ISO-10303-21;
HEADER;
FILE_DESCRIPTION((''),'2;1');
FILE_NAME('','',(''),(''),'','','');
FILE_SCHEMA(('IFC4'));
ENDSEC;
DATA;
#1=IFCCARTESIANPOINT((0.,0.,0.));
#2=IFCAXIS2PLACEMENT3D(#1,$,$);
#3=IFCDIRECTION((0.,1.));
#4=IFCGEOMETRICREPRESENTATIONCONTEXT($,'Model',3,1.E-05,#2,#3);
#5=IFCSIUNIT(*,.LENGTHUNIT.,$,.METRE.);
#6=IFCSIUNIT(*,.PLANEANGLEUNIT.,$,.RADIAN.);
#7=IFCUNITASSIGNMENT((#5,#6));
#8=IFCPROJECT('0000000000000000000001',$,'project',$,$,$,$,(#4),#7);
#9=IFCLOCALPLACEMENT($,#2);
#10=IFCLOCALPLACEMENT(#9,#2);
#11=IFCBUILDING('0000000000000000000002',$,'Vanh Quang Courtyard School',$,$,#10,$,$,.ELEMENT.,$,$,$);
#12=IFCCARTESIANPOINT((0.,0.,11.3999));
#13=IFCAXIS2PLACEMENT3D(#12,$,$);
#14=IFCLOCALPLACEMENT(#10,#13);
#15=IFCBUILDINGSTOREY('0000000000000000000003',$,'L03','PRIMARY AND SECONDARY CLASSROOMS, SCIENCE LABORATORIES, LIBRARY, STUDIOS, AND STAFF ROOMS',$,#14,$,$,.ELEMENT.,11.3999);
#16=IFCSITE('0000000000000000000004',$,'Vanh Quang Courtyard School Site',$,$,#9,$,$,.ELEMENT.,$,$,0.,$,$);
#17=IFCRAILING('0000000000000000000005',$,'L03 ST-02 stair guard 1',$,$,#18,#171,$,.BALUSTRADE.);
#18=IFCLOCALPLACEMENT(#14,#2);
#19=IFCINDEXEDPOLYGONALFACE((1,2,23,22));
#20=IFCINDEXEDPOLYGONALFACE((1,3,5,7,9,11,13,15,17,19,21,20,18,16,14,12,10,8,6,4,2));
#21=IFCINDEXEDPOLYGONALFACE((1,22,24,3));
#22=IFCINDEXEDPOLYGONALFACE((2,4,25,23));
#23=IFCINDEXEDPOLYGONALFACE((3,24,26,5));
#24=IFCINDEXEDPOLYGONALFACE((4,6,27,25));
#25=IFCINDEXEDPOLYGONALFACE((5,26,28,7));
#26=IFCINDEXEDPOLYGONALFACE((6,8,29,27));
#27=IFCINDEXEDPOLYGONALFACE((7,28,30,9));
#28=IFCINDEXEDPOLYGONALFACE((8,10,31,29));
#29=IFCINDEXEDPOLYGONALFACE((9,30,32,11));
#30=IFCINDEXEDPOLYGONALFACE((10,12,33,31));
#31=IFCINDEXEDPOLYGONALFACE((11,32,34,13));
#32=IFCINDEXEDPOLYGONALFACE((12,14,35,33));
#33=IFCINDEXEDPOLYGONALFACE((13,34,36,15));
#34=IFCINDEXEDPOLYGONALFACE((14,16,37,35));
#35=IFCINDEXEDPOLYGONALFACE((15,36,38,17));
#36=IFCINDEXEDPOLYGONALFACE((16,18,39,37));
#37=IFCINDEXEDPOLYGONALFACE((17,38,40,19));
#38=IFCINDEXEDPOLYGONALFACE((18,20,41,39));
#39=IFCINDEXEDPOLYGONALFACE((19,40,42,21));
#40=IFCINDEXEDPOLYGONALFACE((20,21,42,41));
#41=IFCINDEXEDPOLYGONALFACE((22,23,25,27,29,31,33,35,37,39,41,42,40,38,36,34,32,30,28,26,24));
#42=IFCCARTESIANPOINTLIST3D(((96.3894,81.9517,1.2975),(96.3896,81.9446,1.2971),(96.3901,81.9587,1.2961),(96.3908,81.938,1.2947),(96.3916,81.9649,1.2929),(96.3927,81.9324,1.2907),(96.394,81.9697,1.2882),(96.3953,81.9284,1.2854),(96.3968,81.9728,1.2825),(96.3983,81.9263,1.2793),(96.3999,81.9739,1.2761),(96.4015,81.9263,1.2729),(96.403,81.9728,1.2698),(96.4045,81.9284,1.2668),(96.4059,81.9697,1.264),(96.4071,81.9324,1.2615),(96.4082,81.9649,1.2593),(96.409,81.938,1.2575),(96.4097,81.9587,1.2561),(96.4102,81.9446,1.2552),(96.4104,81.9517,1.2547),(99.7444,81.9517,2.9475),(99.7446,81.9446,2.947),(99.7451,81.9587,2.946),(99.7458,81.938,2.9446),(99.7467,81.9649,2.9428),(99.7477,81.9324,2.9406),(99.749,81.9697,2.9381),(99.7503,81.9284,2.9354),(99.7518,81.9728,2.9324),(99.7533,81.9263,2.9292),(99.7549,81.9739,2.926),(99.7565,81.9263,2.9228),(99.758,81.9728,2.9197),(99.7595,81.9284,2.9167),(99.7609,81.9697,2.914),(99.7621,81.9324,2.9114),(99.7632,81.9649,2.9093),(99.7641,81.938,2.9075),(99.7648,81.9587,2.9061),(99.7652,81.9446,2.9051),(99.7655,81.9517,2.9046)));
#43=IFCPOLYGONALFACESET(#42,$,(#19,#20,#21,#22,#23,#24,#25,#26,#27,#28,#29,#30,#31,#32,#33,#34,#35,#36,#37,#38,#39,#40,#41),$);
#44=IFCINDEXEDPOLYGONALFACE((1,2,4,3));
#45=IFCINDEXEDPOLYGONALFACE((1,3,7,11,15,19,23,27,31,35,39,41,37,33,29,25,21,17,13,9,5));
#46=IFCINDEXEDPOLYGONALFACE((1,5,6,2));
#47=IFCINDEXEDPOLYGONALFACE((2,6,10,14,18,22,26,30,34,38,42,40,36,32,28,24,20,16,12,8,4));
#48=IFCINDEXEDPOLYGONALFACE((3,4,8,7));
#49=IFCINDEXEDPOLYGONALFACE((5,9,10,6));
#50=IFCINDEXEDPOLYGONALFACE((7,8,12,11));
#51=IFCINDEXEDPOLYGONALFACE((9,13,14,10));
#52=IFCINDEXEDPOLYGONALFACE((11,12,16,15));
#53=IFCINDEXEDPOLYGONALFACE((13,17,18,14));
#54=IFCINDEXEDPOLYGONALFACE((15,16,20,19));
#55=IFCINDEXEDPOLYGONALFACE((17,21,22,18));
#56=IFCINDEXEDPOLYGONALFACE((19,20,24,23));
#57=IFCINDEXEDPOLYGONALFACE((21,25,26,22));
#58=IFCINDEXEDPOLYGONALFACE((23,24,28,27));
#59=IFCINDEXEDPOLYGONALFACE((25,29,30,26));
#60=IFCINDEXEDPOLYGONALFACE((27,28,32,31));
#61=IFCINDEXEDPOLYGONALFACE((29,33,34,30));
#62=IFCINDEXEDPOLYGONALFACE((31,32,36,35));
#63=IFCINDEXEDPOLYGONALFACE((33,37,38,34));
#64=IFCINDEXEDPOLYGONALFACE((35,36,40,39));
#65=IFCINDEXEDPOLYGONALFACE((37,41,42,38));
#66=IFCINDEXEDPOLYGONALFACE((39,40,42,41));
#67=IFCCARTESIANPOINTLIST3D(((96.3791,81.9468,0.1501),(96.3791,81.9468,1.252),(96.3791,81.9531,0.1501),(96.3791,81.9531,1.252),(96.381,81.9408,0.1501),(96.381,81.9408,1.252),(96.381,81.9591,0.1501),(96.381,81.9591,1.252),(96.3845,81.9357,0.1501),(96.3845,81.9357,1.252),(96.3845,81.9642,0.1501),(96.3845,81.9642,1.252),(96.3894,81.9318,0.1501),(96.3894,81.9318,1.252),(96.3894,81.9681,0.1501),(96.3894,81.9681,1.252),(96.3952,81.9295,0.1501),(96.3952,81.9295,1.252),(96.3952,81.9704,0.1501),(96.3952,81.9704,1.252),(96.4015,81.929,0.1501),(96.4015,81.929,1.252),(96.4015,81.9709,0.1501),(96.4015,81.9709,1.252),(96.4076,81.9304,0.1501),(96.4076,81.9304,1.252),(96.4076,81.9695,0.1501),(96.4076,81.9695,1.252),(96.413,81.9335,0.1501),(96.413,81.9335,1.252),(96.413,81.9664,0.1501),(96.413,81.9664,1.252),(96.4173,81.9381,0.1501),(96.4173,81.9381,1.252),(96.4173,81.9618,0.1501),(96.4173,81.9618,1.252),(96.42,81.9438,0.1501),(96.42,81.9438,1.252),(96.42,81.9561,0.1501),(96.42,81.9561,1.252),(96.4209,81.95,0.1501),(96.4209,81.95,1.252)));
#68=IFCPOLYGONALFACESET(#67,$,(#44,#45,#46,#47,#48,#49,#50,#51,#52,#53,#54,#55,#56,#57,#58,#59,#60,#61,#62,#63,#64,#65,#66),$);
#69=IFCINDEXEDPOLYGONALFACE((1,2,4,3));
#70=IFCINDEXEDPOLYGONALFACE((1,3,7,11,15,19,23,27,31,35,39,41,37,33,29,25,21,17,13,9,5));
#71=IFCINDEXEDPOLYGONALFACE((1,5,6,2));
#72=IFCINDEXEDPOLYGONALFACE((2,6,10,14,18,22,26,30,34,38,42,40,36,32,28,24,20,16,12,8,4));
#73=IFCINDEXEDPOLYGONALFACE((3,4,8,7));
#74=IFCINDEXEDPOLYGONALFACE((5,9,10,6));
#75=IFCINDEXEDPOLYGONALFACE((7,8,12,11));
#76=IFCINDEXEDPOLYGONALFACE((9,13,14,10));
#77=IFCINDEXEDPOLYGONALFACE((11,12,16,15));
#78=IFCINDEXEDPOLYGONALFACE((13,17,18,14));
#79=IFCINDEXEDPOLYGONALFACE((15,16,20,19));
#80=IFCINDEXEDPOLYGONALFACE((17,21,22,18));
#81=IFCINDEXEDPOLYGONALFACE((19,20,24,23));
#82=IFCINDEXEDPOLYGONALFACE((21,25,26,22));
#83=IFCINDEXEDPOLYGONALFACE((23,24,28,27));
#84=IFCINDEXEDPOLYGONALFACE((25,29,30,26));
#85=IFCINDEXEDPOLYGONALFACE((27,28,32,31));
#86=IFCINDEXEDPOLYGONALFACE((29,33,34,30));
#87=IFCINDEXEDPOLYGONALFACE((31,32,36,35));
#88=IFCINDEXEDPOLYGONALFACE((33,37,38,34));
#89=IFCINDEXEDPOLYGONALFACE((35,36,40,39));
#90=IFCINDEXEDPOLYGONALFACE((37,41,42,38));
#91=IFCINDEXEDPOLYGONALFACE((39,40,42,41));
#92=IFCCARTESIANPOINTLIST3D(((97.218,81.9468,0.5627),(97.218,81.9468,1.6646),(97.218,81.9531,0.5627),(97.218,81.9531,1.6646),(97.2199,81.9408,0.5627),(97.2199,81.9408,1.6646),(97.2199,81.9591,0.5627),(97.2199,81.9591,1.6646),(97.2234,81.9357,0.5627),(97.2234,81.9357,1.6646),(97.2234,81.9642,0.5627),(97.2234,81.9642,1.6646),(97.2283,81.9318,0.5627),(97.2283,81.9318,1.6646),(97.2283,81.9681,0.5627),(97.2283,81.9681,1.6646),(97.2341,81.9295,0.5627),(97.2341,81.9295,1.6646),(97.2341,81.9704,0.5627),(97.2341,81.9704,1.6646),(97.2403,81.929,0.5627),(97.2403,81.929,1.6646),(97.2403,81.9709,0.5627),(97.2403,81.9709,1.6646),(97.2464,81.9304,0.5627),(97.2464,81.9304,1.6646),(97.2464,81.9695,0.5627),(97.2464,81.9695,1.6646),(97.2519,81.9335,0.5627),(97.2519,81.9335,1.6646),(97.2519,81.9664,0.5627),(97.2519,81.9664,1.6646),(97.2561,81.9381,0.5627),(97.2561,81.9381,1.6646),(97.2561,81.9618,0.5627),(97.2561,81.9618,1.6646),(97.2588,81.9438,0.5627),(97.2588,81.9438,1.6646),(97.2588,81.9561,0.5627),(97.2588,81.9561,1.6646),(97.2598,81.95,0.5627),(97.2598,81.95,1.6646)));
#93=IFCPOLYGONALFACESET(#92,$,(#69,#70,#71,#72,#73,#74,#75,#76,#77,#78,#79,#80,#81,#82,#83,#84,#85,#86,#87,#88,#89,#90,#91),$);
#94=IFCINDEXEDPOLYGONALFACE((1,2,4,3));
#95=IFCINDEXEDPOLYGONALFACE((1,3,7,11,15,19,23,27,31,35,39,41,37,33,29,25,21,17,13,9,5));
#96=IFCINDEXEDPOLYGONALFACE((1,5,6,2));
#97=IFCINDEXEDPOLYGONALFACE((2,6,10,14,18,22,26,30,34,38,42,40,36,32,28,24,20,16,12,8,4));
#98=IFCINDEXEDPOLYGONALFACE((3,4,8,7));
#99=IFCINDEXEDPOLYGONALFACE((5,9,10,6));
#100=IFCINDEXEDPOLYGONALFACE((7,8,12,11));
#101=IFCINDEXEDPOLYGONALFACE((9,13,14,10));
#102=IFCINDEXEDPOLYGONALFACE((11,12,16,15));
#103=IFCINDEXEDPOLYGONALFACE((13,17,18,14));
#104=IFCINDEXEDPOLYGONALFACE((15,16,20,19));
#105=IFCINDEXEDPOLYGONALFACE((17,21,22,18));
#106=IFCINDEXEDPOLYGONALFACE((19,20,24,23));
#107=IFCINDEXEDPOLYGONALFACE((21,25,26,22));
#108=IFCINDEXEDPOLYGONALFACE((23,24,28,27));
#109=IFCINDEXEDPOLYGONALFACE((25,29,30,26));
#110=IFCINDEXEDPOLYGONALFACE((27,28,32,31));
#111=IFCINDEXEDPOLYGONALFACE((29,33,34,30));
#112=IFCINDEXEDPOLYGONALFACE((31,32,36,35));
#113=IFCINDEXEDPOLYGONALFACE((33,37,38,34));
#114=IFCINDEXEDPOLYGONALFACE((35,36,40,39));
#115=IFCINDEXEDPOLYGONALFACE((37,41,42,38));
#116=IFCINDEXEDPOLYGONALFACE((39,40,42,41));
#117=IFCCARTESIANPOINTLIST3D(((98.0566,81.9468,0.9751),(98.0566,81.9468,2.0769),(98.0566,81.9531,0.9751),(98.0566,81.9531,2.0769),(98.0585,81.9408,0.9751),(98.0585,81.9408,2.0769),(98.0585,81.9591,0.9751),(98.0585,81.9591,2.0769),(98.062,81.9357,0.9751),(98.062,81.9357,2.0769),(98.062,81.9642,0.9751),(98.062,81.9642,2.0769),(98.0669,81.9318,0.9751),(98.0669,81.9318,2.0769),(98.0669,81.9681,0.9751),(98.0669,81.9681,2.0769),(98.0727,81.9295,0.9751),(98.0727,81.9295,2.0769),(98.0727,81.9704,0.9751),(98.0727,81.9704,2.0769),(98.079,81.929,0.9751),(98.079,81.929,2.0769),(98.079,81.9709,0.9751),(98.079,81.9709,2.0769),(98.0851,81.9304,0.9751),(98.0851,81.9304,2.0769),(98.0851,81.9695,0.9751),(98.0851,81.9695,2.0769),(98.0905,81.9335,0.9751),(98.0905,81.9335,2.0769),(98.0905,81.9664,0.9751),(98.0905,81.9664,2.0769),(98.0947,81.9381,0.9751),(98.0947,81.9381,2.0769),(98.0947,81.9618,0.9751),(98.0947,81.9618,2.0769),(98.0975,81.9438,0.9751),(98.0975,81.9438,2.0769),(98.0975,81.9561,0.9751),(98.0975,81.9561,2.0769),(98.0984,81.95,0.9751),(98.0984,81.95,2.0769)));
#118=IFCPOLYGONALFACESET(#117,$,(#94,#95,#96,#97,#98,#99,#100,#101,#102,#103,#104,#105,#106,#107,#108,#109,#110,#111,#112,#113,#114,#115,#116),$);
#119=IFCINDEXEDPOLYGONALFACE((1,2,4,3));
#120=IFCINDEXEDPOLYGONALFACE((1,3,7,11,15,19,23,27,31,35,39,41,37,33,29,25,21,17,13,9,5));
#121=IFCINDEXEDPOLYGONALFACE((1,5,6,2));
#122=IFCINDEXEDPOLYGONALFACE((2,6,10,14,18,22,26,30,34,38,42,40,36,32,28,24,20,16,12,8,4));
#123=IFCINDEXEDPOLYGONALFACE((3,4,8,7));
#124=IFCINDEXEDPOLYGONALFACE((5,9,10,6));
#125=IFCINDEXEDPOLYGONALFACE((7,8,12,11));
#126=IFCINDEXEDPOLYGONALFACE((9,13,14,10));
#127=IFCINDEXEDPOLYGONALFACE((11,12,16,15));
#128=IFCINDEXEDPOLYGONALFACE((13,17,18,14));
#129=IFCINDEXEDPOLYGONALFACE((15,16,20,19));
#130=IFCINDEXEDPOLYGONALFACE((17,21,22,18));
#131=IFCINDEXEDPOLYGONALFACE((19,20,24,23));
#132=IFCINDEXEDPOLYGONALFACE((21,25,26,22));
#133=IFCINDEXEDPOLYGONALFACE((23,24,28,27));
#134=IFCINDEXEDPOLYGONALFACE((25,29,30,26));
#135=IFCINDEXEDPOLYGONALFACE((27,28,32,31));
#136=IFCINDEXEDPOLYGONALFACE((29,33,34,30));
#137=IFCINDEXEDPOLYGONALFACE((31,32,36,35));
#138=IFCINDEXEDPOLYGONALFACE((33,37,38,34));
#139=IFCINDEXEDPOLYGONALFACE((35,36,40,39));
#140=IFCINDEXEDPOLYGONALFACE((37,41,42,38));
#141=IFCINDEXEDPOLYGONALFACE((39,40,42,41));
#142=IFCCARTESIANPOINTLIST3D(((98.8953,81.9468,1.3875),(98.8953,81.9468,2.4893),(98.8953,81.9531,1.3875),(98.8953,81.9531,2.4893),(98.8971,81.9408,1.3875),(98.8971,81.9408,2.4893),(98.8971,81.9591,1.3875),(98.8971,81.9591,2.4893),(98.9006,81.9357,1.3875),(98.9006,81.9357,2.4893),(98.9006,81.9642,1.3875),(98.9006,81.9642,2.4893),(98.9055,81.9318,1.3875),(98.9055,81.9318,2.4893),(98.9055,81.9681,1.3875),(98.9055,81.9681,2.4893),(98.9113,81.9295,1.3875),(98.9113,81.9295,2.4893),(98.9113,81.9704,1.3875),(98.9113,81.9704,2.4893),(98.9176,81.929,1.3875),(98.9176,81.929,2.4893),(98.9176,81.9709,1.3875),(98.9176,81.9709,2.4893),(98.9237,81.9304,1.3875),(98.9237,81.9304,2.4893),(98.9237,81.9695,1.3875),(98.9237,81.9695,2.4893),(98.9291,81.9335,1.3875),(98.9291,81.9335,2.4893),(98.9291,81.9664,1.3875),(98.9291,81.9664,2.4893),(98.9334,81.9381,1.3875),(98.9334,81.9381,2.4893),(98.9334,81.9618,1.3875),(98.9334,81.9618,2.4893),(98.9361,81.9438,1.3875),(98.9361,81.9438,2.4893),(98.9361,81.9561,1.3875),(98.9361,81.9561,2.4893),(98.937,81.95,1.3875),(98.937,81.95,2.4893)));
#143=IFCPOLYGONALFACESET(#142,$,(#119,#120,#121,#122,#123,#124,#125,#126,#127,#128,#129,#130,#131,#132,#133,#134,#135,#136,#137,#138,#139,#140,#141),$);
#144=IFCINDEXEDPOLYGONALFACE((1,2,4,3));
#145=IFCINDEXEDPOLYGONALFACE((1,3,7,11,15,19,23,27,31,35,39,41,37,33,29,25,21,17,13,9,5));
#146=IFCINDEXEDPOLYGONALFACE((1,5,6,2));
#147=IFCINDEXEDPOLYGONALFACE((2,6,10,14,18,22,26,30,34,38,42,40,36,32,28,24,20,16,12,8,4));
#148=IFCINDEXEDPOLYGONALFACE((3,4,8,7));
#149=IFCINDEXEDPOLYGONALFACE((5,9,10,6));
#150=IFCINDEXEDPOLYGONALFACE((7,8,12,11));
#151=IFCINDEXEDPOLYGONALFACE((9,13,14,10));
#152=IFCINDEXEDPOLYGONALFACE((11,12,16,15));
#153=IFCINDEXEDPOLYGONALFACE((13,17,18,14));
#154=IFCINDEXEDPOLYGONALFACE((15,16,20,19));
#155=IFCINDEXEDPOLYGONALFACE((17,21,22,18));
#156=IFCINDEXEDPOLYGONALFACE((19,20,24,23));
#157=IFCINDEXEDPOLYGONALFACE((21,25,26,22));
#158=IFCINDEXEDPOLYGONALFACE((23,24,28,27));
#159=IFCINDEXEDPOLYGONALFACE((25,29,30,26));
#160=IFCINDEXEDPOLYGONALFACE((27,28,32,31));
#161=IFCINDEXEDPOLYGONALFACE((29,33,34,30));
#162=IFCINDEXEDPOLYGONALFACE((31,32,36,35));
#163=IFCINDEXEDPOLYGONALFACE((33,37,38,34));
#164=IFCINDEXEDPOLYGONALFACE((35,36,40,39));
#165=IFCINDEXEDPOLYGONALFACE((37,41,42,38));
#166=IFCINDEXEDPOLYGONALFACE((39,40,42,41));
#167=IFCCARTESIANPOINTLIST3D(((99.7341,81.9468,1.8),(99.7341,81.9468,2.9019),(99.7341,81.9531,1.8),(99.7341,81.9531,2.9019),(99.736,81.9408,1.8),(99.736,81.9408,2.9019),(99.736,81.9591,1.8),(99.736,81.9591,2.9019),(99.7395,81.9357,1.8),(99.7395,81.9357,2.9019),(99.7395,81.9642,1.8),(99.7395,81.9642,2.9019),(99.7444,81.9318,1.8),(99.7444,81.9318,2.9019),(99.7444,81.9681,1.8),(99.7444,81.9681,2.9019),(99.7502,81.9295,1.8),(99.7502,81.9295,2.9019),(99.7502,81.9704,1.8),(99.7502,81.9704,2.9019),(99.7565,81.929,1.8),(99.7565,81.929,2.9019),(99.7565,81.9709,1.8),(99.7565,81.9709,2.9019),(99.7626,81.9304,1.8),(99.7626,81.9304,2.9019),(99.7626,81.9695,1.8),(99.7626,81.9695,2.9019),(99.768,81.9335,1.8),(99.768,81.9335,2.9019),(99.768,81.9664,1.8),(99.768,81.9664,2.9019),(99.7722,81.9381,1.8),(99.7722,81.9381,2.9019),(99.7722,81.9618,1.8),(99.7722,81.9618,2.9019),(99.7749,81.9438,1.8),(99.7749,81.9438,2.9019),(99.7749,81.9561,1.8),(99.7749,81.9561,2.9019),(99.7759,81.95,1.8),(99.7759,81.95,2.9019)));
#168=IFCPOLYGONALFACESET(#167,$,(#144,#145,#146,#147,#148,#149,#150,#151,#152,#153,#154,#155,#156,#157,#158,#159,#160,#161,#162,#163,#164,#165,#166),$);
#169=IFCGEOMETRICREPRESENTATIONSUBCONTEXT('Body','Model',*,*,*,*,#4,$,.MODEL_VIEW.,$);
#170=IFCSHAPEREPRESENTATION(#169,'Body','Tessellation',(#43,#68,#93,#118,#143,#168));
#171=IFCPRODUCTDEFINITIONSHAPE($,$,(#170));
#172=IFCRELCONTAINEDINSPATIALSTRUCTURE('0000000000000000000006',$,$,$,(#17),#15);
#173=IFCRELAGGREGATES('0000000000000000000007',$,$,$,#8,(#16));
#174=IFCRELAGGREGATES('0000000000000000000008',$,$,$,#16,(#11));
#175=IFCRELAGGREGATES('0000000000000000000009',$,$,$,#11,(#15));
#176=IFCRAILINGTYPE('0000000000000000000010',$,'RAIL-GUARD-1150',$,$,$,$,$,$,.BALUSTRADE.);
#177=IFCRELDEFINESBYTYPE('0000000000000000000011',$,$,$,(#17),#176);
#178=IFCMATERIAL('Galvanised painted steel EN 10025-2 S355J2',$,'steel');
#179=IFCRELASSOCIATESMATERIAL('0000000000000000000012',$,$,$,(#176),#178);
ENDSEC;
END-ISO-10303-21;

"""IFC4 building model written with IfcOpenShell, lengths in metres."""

from ifc_helpers import new_model, si_unit, direction, frame, origin, origin_2d, place, context, subcontext, project, spatial, circle, extrude, material, type_object, element, save


model = new_model("IFC4")

# Units and contexts
model_context = context("Model", 3, precision=1e-05, world=origin(), true_north=direction((0.0, 1.0)))
body_context = subcontext(model_context, "Body", "Model", "MODEL_VIEW")
ifc_project = project(units=[si_unit("LENGTHUNIT", "METRE"), si_unit("PLANEANGLEUNIT", "RADIAN")], contexts=[model_context])

# Site, building, storey
site_placement = place(None, origin())
site = spatial("IfcSite", under=ifc_project, at=site_placement, Name="Vanh Quang Courtyard School Site", CompositionType="ELEMENT", RefElevation=0.0)
building_placement = place(site_placement, origin())
building = spatial("IfcBuilding", under=site, at=building_placement, Name="Vanh Quang Courtyard School", CompositionType="ELEMENT")
storey_placement = place(building_placement, frame((0.0, 0.0, 11.3999)))
storey = spatial("IfcBuildingStorey", under=building, at=storey_placement, Name="L03", Description="PRIMARY AND SECONDARY CLASSROOMS, SCIENCE LABORATORIES, LIBRARY, STUDIOS, AND STAFF ROOMS", CompositionType="ELEMENT", Elevation=11.3999)

# Railing
ifc_material_1 = material(Name="Galvanised painted steel EN 10025-2 S355J2", Category="steel")
railing_type_1 = type_object("IfcRailingType", Name="RAIL-GUARD-1150", PredefinedType="BALUSTRADE", material=ifc_material_1)
railing_1_placement = place(storey_placement, frame((96.3999, 81.95, 0.1501)))
element("IfcRailing", 1, at=railing_1_placement, inside=storey, type_object=railing_type_1, Name="L03 ST-02 stair guard 1", PredefinedType="BALUSTRADE", context=body_context, shape_type="SweptSolid", body=[
    extrude(circle(Radius=0.0239, at=origin_2d()), frame((0.0, 0.0, 1.126), z_axis=(0.897359, 0.0, 0.441301), x_axis=(0.0, 1.0, 0.0)), (0.0, 0.0, 1.0), 3.7388),
    extrude(circle(Radius=0.021, at=origin_2d()), origin(), (0.0, 0.0, 1.0), 1.1018),
    extrude(circle(Radius=0.021, at=origin_2d()), frame((0.8389, 0.0, 0.4126)), (0.0, 0.0, 1.0), 1.1018),
    extrude(circle(Radius=0.021, at=origin_2d()), frame((1.6775, 0.0, 0.825)), (0.0, 0.0, 1.0), 1.1018),
    extrude(circle(Radius=0.021, at=origin_2d()), frame((2.5161, 0.0, 1.2373)), (0.0, 0.0, 1.0), 1.1018),
    extrude(circle(Radius=0.021, at=origin_2d()), frame((3.355, 0.0, 1.6499)), (0.0, 0.0, 1.0), 1.1018),
])

save(model, "model.ifc")
